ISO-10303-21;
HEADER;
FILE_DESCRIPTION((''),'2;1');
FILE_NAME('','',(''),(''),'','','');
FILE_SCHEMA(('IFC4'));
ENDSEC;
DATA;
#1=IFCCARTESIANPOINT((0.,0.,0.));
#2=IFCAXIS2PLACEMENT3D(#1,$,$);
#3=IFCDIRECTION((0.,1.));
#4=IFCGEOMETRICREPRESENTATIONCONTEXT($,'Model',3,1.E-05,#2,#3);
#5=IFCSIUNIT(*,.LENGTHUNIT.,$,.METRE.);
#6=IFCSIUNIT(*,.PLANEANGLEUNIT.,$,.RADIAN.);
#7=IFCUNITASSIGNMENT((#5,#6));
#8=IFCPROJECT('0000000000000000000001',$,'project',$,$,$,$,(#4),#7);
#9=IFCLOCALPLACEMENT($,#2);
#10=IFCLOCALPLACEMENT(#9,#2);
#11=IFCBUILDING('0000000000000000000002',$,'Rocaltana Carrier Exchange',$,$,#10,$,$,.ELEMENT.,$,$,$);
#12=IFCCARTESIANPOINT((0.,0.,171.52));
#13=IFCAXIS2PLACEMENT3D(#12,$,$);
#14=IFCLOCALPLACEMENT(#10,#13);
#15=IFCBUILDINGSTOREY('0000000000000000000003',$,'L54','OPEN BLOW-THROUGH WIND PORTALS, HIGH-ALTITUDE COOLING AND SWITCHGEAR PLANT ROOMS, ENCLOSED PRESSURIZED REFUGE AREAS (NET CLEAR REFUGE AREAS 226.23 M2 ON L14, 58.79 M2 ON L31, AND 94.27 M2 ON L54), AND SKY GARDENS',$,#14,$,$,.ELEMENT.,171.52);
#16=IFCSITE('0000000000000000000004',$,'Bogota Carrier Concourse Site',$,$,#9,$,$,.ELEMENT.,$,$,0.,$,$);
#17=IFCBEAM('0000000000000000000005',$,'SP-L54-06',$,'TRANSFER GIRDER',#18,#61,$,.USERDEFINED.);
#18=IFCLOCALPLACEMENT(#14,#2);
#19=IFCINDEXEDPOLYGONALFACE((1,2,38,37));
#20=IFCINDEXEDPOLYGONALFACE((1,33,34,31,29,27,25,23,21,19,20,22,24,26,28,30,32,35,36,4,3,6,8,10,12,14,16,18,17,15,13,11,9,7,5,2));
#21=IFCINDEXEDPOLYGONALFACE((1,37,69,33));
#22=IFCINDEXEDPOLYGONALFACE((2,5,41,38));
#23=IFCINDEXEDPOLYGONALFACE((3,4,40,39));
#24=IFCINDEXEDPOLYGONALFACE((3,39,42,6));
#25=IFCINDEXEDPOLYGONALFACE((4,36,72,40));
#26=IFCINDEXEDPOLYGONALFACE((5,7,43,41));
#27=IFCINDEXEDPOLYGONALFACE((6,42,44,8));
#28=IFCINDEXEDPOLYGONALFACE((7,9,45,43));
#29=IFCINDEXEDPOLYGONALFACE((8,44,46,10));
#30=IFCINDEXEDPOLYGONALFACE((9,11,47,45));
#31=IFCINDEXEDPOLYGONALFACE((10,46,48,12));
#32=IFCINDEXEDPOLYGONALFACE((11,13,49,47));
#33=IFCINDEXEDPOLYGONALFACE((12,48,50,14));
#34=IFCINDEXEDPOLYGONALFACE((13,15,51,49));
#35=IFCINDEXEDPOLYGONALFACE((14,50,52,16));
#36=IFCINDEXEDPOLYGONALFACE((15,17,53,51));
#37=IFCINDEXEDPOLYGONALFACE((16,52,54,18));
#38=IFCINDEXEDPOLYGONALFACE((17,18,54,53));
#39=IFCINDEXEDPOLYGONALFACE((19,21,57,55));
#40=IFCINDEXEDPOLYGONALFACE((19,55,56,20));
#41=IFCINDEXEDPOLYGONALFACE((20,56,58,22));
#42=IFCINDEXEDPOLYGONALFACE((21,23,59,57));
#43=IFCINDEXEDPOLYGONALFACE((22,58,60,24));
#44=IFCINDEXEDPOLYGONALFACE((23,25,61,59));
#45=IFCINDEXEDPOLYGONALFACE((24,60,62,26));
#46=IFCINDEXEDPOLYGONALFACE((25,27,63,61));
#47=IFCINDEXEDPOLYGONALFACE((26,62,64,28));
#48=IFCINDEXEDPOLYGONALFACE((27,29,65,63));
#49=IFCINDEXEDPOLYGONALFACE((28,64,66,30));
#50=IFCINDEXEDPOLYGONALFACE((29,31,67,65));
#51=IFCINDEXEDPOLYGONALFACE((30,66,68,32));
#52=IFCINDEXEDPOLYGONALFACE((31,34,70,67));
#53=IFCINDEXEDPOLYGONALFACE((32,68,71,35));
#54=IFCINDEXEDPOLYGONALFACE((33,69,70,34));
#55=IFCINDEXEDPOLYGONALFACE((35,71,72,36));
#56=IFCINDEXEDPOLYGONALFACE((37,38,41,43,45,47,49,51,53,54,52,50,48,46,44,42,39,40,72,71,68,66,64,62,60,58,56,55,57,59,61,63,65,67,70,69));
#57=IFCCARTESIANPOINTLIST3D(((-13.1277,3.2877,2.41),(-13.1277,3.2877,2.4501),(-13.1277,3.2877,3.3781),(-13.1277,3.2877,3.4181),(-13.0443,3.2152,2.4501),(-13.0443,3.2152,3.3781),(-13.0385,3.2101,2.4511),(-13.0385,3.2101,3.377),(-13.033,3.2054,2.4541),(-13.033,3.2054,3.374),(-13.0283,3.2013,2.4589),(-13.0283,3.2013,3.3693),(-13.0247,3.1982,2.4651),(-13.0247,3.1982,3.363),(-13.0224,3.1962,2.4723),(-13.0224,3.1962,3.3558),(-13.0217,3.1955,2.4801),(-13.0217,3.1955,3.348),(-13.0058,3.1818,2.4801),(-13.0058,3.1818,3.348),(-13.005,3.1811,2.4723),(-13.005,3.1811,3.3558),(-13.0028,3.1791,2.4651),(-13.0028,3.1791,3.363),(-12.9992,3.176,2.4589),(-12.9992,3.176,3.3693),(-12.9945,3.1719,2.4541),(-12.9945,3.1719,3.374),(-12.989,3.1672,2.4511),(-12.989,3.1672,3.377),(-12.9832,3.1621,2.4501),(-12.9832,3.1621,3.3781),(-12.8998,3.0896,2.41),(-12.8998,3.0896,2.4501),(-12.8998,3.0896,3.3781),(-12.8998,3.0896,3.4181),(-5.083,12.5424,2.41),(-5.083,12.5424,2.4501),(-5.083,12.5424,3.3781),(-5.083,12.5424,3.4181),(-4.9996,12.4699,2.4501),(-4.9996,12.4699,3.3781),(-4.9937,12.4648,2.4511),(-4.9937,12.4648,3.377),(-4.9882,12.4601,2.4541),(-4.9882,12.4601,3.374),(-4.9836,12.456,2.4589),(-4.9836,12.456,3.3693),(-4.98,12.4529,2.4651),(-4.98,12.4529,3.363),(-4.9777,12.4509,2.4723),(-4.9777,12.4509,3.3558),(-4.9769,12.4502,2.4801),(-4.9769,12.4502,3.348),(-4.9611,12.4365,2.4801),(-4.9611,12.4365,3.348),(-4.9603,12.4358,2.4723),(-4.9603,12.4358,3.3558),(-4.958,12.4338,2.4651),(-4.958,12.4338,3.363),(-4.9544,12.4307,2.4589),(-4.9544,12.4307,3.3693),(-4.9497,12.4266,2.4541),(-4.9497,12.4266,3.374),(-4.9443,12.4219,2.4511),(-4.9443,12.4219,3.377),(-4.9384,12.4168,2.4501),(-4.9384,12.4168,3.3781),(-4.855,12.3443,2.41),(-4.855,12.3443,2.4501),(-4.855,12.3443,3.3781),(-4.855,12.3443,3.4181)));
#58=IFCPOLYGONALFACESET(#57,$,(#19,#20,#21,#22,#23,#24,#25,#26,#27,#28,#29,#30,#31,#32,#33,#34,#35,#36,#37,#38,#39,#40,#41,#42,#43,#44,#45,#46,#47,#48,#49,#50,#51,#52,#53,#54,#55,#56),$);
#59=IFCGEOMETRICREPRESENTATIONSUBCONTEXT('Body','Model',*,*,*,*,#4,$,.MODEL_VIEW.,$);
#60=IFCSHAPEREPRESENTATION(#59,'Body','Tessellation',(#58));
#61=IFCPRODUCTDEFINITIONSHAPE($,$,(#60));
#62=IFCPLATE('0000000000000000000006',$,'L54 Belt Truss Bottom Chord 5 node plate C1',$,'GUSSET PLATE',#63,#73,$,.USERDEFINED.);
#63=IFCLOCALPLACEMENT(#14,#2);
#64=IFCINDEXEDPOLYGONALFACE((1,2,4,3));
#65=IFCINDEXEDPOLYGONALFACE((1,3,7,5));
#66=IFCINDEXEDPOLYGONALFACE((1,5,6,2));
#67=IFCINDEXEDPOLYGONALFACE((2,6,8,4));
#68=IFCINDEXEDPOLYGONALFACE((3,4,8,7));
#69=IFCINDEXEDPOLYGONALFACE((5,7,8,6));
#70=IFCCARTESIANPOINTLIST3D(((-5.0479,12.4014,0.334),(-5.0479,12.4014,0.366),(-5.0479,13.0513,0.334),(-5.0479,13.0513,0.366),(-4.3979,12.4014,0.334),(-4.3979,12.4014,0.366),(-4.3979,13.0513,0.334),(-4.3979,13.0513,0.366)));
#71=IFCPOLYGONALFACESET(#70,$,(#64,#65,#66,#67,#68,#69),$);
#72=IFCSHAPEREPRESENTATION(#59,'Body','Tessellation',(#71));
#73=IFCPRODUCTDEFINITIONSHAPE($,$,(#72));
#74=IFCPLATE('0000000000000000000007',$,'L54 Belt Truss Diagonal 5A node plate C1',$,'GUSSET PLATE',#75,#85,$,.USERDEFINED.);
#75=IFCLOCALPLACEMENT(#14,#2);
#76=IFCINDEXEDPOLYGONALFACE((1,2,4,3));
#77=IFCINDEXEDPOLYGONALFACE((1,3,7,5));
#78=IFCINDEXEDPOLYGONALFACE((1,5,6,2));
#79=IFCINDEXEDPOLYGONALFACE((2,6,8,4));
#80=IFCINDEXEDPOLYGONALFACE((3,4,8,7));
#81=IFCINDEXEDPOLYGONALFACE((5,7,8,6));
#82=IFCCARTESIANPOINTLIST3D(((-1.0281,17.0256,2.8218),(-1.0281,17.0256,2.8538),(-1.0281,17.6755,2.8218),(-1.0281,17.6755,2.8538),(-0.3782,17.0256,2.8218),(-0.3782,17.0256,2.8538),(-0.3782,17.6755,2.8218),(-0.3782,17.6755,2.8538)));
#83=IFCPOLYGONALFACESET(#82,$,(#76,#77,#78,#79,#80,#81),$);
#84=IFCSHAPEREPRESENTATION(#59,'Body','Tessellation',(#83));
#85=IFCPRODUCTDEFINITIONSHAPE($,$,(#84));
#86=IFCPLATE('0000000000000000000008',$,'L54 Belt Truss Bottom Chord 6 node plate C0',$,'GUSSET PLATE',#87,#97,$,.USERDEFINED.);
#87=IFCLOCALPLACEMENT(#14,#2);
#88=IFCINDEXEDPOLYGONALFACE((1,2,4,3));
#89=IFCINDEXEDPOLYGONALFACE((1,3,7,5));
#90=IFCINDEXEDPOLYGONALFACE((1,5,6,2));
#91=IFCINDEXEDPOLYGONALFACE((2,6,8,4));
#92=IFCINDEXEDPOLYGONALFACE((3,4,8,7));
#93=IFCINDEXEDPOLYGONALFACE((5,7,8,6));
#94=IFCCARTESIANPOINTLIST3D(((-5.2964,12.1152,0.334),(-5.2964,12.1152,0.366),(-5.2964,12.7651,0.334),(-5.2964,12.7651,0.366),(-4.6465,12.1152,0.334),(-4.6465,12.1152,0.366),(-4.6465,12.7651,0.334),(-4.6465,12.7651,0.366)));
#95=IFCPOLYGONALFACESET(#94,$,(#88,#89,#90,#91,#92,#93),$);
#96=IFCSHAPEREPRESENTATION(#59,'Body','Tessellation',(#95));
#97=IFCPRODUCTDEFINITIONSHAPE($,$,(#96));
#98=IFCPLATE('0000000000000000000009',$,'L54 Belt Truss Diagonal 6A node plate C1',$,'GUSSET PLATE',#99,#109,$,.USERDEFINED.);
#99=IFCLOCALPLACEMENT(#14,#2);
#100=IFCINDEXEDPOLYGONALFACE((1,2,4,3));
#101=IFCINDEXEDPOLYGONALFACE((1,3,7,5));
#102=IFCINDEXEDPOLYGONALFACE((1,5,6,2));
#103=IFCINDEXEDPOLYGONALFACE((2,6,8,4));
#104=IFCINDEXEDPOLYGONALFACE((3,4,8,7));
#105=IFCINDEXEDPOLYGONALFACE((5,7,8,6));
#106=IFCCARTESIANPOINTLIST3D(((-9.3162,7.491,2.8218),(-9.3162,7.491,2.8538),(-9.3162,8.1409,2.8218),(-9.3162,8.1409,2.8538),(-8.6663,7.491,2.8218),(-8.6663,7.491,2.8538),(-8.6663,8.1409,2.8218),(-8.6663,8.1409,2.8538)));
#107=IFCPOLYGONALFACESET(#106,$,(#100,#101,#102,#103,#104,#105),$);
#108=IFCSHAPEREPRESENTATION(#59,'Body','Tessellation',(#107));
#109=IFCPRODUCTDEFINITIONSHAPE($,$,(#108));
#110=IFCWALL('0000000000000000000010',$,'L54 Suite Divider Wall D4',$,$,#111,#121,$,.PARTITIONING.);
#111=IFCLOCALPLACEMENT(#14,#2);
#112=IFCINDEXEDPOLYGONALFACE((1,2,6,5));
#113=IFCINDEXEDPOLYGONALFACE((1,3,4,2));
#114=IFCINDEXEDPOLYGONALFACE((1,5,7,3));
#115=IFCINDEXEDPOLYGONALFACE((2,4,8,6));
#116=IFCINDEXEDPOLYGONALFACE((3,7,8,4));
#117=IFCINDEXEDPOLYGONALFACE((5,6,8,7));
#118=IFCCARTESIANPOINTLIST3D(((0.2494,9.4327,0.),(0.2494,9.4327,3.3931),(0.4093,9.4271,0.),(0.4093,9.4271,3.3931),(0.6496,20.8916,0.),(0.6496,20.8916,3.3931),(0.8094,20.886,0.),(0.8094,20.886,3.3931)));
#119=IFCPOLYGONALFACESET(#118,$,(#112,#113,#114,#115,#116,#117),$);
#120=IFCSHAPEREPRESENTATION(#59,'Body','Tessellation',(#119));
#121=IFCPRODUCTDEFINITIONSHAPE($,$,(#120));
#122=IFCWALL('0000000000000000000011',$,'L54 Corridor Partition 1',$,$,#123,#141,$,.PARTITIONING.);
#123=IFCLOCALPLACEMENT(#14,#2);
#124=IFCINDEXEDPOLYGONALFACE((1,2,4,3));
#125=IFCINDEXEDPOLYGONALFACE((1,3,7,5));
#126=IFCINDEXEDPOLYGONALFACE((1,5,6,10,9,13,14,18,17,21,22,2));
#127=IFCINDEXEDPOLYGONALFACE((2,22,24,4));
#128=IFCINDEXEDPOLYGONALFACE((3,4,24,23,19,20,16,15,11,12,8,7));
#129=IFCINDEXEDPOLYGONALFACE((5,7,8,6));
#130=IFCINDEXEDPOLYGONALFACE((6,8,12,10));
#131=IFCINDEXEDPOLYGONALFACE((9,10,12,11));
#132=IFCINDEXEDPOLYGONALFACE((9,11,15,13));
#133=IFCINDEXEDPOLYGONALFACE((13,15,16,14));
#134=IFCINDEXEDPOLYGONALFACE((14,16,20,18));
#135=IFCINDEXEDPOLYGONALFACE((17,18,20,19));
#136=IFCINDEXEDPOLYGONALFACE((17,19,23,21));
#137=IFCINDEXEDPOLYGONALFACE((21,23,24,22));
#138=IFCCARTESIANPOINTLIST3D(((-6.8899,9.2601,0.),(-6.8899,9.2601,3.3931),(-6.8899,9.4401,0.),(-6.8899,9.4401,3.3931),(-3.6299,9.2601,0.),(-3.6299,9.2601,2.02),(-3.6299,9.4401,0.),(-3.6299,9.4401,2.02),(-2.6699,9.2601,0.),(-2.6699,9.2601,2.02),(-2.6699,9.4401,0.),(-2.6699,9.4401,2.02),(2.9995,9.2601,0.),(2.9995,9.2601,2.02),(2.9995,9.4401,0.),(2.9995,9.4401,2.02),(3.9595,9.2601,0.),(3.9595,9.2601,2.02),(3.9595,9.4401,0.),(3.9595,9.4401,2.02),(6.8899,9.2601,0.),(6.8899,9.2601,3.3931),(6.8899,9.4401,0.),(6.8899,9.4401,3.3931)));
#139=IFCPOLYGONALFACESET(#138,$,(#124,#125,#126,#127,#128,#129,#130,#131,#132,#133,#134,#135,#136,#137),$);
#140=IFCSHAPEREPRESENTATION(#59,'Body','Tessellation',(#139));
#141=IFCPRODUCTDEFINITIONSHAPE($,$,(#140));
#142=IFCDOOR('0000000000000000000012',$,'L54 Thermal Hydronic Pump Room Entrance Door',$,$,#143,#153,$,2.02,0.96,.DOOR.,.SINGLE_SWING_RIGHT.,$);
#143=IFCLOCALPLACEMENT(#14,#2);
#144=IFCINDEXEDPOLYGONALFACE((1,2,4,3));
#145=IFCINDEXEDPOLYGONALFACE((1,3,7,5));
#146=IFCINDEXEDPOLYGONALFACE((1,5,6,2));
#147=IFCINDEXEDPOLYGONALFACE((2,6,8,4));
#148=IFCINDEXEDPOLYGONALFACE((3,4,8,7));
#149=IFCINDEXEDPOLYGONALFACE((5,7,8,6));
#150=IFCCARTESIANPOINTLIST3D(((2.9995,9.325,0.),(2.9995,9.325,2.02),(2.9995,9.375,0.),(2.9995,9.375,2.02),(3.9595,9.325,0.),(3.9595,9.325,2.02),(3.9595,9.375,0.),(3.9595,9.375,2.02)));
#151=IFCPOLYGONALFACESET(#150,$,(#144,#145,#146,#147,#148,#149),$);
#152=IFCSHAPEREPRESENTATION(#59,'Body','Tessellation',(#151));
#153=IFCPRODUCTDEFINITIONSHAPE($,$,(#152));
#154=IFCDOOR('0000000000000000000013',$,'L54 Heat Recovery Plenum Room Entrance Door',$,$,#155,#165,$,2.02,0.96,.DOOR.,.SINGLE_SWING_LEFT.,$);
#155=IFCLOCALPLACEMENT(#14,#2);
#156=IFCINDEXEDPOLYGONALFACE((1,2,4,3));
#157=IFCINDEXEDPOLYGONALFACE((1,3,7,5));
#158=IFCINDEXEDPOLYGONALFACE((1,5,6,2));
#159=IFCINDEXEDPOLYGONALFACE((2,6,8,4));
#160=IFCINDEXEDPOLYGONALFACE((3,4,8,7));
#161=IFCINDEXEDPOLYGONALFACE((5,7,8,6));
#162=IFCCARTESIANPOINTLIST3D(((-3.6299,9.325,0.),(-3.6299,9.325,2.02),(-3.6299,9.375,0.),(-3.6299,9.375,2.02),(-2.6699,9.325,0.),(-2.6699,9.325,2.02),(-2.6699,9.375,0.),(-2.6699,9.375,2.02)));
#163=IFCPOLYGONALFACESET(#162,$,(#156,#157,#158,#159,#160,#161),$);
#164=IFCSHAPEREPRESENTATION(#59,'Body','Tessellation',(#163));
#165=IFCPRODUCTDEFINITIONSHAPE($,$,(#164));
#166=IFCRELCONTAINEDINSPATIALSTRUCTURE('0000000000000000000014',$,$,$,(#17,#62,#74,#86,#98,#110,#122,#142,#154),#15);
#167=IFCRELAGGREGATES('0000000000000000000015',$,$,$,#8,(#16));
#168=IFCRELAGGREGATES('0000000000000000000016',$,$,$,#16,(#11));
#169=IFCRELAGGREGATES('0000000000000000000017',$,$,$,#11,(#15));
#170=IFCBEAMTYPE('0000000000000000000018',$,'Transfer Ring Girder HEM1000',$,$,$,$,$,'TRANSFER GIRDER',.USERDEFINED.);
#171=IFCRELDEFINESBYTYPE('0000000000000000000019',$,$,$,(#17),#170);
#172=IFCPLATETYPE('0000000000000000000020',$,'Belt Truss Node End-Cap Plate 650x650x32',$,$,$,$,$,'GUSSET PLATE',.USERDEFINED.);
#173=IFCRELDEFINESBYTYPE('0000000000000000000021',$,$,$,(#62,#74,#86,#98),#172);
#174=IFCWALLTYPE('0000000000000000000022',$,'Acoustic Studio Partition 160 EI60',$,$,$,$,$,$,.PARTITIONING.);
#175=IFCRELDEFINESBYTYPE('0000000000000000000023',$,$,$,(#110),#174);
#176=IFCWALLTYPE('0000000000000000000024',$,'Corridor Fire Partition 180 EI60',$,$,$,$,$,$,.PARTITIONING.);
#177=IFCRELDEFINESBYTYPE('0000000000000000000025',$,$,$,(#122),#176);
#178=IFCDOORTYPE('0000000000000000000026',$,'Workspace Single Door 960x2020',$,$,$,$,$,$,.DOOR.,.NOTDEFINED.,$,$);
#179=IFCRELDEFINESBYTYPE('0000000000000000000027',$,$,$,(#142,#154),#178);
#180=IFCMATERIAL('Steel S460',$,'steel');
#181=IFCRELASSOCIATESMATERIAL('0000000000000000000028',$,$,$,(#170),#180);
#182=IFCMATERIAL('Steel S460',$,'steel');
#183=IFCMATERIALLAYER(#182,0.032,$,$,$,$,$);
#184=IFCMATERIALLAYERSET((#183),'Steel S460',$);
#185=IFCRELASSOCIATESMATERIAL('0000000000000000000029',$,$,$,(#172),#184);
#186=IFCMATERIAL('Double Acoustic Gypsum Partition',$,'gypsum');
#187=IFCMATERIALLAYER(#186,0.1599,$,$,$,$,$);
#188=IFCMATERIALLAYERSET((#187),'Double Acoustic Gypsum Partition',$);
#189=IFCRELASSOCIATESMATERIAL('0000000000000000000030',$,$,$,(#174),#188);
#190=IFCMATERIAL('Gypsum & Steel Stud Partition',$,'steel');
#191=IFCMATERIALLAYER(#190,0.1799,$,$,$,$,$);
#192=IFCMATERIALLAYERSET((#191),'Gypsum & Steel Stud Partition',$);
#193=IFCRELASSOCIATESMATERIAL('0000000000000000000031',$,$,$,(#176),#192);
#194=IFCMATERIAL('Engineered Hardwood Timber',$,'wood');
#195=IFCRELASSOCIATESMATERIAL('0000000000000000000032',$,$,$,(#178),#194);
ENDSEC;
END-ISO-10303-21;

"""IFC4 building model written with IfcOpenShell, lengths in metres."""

from ifc_helpers import new_model, si_unit, direction, frame, frame_2d, origin, origin_2d, place, context, subcontext, project, spatial, rectangle, i_section, extrude, material, layer, layer_set, material_profile, profile_set, type_object, element, fill, save


model = new_model("IFC4")

# Units and contexts
model_context = context("Model", 3, precision=1e-05, world=origin(), true_north=direction((0.0, 1.0)))
body_context = subcontext(model_context, "Body", "Model", "MODEL_VIEW")
ifc_project = project(units=[si_unit("LENGTHUNIT", "METRE"), si_unit("PLANEANGLEUNIT", "RADIAN")], contexts=[model_context])

# Site, building, storey
site_placement = place(None, origin())
site = spatial("IfcSite", under=ifc_project, at=site_placement, Name="Bogota Carrier Concourse Site", CompositionType="ELEMENT", RefElevation=0.0)
building_placement = place(site_placement, origin())
building = spatial("IfcBuilding", under=site, at=building_placement, Name="Rocaltana Carrier Exchange", CompositionType="ELEMENT")
storey_placement = place(building_placement, frame((0.0, 0.0, 171.52)))
storey = spatial("IfcBuildingStorey", under=building, at=storey_placement, Name="L54", Description="OPEN BLOW-THROUGH WIND PORTALS, HIGH-ALTITUDE COOLING AND SWITCHGEAR PLANT ROOMS, ENCLOSED PRESSURIZED REFUGE AREAS (NET CLEAR REFUGE AREAS 226.23 M2 ON L14, 58.79 M2 ON L31, AND 94.27 M2 ON L54), AND SKY GARDENS", CompositionType="ELEMENT", Elevation=171.52)

# Beam
ifc_material_1 = material(Name="Steel S460", Category="steel")
ifc_material_profile_1 = material_profile(ifc_material_1, i_section(OverallWidth=0.302, OverallDepth=1.0081, WebThickness=0.021, FlangeThickness=0.04, FilletRadius=0.03, at=origin_2d()), Name="HEM1000")
ifc_profile_set_1 = profile_set([ifc_material_profile_1], Name="Steel S460")
beam_type_1 = type_object("IfcBeamType", Name="Transfer Ring Girder HEM1000", ElementType="TRANSFER GIRDER", PredefinedType="USERDEFINED", material=ifc_profile_set_1)
beam_1_placement = place(storey_placement, frame((-4.969, 12.4434, 2.9141), z_axis=(-0.656047, -0.75472, 0.0), x_axis=(0.75472, -0.656047, 0.0)))
element("IfcBeam", 1, at=beam_1_placement, inside=storey, type_object=beam_type_1, Name="SP-L54-06", ObjectType="TRANSFER GIRDER", PredefinedType="USERDEFINED", context=body_context, shape_type="SweptSolid", body=[
    extrude(i_section(OverallWidth=0.302, OverallDepth=1.0081, WebThickness=0.021, FlangeThickness=0.04, FilletRadius=0.03, at=origin_2d()), origin(), (0.0, 0.0, 1.0), 12.2625),
])

# Plates
ifc_material_2 = material(Name="Steel S460", Category="steel")
ifc_layer_1 = layer(ifc_material_2, 0.032)
ifc_layer_set_1 = layer_set([ifc_layer_1], Name="Steel S460")
plate_type = type_object("IfcPlateType", Name="Belt Truss Node End-Cap Plate 650x650x32", ElementType="GUSSET PLATE", PredefinedType="USERDEFINED", material=ifc_layer_set_1)
for number, where, z_axis, x_axis, name in (
    (2, (-4.7229, 12.7263, 0.334), (0.0, 0.0, 1.0), (1.0, 0.0, 0.0), "L54 Belt Truss Bottom Chord 5 node plate C1"),
    (3, (-0.7031, 17.3506, 2.8218), (0.0, 0.0, 1.0), (1.0, 0.0, 0.0), "L54 Belt Truss Diagonal 5A node plate C1"),
    (4, (-4.9714, 12.4402, 0.334), (0.0, 0.0, 1.0), (1.0, 0.0, 0.0), "L54 Belt Truss Bottom Chord 6 node plate C0"),
    (5, (-8.9912, 7.8159, 2.8218), (0.0, 0.0, 1.0), (1.0, 0.0, 0.0), "L54 Belt Truss Diagonal 6A node plate C1"),
):
    element("IfcPlate", number, at=place(storey_placement, frame(where, z_axis=z_axis, x_axis=x_axis)), inside=storey, type_object=plate_type, Name=name, ObjectType="GUSSET PLATE", PredefinedType="USERDEFINED", context=body_context, shape_type="SweptSolid", body=[
        extrude(rectangle(XDim=0.6499, YDim=0.6499, at=origin_2d()), origin(), (0.0, 0.0, 1.0), 0.032),
    ])

# Wall
ifc_material_3 = material(Name="Double Acoustic Gypsum Partition", Category="gypsum")
ifc_layer_2 = layer(ifc_material_3, 0.1599)
ifc_layer_set_2 = layer_set([ifc_layer_2], Name="Double Acoustic Gypsum Partition")
wall_type_1 = type_object("IfcWallType", Name="Acoustic Studio Partition 160 EI60", PredefinedType="PARTITIONING", material=ifc_layer_set_2)
wall_1_placement = place(storey_placement, frame((0.3293, 9.4299, 0.0), z_axis=(0.0, 0.0, 1.0), x_axis=(0.034899, 0.999391, 0.0)))
element("IfcWall", 6, at=wall_1_placement, inside=storey, type_object=wall_type_1, Name="L54 Suite Divider Wall D4", PredefinedType="PARTITIONING", context=body_context, shape_type="SweptSolid", body=[
    extrude(rectangle(XDim=11.4658, YDim=0.1599, at=frame_2d((5.7329, 0.0))), origin(), (0.0, 0.0, 1.0), 3.3931),
])

# Wall, openings, doors
ifc_material_4 = material(Name="Gypsum & Steel Stud Partition", Category="steel")
ifc_layer_3 = layer(ifc_material_4, 0.1799)
ifc_layer_set_3 = layer_set([ifc_layer_3], Name="Gypsum & Steel Stud Partition")
wall_type_2 = type_object("IfcWallType", Name="Corridor Fire Partition 180 EI60", PredefinedType="PARTITIONING", material=ifc_layer_set_3)
wall_2_placement = place(storey_placement, frame((-6.8899, 9.3501, 0.0), z_axis=(0.0, 0.0, 1.0), x_axis=(1.0, 0.0, 0.0)))
wall_2 = element("IfcWall", 7, at=wall_2_placement, inside=storey, type_object=wall_type_2, Name="L54 Corridor Partition 1", PredefinedType="PARTITIONING", context=body_context, shape_type="SweptSolid", body=[
    extrude(rectangle(XDim=13.7798, YDim=0.1799, at=frame_2d((6.8899, 0.0))), origin(), (0.0, 0.0, 1.0), 3.3931),
])
opening_1_placement = place(wall_2_placement, frame((9.8894, 0.0, 0.0)))
opening_1 = element("IfcOpeningElement", 8, at=opening_1_placement, cuts=wall_2, PredefinedType="OPENING", context=body_context, shape_type="SweptSolid", body=[
    extrude(rectangle(XDim=0.96, YDim=2.02, at=frame_2d((0.48, 1.01))), frame((0.0, 0.0999, 0.0), z_axis=(0.0, -1.0, 0.0), x_axis=(1.0, 0.0, 0.0)), (0.0, 0.0, 1.0), 0.2),
])
opening_2_placement = place(wall_2_placement, frame((3.26, 0.0, 0.0)))
opening_2 = element("IfcOpeningElement", 9, at=opening_2_placement, cuts=wall_2, PredefinedType="OPENING", context=body_context, shape_type="SweptSolid", body=[
    extrude(rectangle(XDim=0.96, YDim=2.02, at=frame_2d((0.48, 1.01))), frame((0.0, 0.0999, 0.0), z_axis=(0.0, -1.0, 0.0), x_axis=(1.0, 0.0, 0.0)), (0.0, 0.0, 1.0), 0.2),
])
ifc_material_5 = material(Name="Engineered Hardwood Timber", Category="wood")
door_type_1 = type_object("IfcDoorType", Name="Workspace Single Door 960x2020", OperationType="NOTDEFINED", PredefinedType="DOOR", material=ifc_material_5)
door_1_placement = place(opening_1_placement, origin())
door_1 = element("IfcDoor", 10, at=door_1_placement, inside=storey, type_object=door_type_1, Name="L54 Thermal Hydronic Pump Room Entrance Door", OperationType="SINGLE_SWING_RIGHT", OverallHeight=2.02, OverallWidth=0.96, PredefinedType="DOOR", context=body_context, shape_type="SweptSolid", body=[
    extrude(rectangle(XDim=0.96, YDim=2.02, at=frame_2d((0.48, 1.01))), frame((0.0, 0.0249, 0.0), z_axis=(0.0, -1.0, 0.0), x_axis=(1.0, 0.0, 0.0)), (0.0, 0.0, 1.0), 0.05),
])
fill(opening_1, door_1)
door_2_placement = place(opening_2_placement, origin())
door_2 = element("IfcDoor", 11, at=door_2_placement, inside=storey, type_object=door_type_1, Name="L54 Heat Recovery Plenum Room Entrance Door", OperationType="SINGLE_SWING_LEFT", OverallHeight=2.02, OverallWidth=0.96, PredefinedType="DOOR", context=body_context, shape_type="SweptSolid", body=[
    extrude(rectangle(XDim=0.96, YDim=2.02, at=frame_2d((0.48, 1.01))), frame((0.0, 0.0249, 0.0), z_axis=(0.0, -1.0, 0.0), x_axis=(1.0, 0.0, 0.0)), (0.0, 0.0, 1.0), 0.05),
])
fill(opening_2, door_2)

save(model, "model.ifc")
